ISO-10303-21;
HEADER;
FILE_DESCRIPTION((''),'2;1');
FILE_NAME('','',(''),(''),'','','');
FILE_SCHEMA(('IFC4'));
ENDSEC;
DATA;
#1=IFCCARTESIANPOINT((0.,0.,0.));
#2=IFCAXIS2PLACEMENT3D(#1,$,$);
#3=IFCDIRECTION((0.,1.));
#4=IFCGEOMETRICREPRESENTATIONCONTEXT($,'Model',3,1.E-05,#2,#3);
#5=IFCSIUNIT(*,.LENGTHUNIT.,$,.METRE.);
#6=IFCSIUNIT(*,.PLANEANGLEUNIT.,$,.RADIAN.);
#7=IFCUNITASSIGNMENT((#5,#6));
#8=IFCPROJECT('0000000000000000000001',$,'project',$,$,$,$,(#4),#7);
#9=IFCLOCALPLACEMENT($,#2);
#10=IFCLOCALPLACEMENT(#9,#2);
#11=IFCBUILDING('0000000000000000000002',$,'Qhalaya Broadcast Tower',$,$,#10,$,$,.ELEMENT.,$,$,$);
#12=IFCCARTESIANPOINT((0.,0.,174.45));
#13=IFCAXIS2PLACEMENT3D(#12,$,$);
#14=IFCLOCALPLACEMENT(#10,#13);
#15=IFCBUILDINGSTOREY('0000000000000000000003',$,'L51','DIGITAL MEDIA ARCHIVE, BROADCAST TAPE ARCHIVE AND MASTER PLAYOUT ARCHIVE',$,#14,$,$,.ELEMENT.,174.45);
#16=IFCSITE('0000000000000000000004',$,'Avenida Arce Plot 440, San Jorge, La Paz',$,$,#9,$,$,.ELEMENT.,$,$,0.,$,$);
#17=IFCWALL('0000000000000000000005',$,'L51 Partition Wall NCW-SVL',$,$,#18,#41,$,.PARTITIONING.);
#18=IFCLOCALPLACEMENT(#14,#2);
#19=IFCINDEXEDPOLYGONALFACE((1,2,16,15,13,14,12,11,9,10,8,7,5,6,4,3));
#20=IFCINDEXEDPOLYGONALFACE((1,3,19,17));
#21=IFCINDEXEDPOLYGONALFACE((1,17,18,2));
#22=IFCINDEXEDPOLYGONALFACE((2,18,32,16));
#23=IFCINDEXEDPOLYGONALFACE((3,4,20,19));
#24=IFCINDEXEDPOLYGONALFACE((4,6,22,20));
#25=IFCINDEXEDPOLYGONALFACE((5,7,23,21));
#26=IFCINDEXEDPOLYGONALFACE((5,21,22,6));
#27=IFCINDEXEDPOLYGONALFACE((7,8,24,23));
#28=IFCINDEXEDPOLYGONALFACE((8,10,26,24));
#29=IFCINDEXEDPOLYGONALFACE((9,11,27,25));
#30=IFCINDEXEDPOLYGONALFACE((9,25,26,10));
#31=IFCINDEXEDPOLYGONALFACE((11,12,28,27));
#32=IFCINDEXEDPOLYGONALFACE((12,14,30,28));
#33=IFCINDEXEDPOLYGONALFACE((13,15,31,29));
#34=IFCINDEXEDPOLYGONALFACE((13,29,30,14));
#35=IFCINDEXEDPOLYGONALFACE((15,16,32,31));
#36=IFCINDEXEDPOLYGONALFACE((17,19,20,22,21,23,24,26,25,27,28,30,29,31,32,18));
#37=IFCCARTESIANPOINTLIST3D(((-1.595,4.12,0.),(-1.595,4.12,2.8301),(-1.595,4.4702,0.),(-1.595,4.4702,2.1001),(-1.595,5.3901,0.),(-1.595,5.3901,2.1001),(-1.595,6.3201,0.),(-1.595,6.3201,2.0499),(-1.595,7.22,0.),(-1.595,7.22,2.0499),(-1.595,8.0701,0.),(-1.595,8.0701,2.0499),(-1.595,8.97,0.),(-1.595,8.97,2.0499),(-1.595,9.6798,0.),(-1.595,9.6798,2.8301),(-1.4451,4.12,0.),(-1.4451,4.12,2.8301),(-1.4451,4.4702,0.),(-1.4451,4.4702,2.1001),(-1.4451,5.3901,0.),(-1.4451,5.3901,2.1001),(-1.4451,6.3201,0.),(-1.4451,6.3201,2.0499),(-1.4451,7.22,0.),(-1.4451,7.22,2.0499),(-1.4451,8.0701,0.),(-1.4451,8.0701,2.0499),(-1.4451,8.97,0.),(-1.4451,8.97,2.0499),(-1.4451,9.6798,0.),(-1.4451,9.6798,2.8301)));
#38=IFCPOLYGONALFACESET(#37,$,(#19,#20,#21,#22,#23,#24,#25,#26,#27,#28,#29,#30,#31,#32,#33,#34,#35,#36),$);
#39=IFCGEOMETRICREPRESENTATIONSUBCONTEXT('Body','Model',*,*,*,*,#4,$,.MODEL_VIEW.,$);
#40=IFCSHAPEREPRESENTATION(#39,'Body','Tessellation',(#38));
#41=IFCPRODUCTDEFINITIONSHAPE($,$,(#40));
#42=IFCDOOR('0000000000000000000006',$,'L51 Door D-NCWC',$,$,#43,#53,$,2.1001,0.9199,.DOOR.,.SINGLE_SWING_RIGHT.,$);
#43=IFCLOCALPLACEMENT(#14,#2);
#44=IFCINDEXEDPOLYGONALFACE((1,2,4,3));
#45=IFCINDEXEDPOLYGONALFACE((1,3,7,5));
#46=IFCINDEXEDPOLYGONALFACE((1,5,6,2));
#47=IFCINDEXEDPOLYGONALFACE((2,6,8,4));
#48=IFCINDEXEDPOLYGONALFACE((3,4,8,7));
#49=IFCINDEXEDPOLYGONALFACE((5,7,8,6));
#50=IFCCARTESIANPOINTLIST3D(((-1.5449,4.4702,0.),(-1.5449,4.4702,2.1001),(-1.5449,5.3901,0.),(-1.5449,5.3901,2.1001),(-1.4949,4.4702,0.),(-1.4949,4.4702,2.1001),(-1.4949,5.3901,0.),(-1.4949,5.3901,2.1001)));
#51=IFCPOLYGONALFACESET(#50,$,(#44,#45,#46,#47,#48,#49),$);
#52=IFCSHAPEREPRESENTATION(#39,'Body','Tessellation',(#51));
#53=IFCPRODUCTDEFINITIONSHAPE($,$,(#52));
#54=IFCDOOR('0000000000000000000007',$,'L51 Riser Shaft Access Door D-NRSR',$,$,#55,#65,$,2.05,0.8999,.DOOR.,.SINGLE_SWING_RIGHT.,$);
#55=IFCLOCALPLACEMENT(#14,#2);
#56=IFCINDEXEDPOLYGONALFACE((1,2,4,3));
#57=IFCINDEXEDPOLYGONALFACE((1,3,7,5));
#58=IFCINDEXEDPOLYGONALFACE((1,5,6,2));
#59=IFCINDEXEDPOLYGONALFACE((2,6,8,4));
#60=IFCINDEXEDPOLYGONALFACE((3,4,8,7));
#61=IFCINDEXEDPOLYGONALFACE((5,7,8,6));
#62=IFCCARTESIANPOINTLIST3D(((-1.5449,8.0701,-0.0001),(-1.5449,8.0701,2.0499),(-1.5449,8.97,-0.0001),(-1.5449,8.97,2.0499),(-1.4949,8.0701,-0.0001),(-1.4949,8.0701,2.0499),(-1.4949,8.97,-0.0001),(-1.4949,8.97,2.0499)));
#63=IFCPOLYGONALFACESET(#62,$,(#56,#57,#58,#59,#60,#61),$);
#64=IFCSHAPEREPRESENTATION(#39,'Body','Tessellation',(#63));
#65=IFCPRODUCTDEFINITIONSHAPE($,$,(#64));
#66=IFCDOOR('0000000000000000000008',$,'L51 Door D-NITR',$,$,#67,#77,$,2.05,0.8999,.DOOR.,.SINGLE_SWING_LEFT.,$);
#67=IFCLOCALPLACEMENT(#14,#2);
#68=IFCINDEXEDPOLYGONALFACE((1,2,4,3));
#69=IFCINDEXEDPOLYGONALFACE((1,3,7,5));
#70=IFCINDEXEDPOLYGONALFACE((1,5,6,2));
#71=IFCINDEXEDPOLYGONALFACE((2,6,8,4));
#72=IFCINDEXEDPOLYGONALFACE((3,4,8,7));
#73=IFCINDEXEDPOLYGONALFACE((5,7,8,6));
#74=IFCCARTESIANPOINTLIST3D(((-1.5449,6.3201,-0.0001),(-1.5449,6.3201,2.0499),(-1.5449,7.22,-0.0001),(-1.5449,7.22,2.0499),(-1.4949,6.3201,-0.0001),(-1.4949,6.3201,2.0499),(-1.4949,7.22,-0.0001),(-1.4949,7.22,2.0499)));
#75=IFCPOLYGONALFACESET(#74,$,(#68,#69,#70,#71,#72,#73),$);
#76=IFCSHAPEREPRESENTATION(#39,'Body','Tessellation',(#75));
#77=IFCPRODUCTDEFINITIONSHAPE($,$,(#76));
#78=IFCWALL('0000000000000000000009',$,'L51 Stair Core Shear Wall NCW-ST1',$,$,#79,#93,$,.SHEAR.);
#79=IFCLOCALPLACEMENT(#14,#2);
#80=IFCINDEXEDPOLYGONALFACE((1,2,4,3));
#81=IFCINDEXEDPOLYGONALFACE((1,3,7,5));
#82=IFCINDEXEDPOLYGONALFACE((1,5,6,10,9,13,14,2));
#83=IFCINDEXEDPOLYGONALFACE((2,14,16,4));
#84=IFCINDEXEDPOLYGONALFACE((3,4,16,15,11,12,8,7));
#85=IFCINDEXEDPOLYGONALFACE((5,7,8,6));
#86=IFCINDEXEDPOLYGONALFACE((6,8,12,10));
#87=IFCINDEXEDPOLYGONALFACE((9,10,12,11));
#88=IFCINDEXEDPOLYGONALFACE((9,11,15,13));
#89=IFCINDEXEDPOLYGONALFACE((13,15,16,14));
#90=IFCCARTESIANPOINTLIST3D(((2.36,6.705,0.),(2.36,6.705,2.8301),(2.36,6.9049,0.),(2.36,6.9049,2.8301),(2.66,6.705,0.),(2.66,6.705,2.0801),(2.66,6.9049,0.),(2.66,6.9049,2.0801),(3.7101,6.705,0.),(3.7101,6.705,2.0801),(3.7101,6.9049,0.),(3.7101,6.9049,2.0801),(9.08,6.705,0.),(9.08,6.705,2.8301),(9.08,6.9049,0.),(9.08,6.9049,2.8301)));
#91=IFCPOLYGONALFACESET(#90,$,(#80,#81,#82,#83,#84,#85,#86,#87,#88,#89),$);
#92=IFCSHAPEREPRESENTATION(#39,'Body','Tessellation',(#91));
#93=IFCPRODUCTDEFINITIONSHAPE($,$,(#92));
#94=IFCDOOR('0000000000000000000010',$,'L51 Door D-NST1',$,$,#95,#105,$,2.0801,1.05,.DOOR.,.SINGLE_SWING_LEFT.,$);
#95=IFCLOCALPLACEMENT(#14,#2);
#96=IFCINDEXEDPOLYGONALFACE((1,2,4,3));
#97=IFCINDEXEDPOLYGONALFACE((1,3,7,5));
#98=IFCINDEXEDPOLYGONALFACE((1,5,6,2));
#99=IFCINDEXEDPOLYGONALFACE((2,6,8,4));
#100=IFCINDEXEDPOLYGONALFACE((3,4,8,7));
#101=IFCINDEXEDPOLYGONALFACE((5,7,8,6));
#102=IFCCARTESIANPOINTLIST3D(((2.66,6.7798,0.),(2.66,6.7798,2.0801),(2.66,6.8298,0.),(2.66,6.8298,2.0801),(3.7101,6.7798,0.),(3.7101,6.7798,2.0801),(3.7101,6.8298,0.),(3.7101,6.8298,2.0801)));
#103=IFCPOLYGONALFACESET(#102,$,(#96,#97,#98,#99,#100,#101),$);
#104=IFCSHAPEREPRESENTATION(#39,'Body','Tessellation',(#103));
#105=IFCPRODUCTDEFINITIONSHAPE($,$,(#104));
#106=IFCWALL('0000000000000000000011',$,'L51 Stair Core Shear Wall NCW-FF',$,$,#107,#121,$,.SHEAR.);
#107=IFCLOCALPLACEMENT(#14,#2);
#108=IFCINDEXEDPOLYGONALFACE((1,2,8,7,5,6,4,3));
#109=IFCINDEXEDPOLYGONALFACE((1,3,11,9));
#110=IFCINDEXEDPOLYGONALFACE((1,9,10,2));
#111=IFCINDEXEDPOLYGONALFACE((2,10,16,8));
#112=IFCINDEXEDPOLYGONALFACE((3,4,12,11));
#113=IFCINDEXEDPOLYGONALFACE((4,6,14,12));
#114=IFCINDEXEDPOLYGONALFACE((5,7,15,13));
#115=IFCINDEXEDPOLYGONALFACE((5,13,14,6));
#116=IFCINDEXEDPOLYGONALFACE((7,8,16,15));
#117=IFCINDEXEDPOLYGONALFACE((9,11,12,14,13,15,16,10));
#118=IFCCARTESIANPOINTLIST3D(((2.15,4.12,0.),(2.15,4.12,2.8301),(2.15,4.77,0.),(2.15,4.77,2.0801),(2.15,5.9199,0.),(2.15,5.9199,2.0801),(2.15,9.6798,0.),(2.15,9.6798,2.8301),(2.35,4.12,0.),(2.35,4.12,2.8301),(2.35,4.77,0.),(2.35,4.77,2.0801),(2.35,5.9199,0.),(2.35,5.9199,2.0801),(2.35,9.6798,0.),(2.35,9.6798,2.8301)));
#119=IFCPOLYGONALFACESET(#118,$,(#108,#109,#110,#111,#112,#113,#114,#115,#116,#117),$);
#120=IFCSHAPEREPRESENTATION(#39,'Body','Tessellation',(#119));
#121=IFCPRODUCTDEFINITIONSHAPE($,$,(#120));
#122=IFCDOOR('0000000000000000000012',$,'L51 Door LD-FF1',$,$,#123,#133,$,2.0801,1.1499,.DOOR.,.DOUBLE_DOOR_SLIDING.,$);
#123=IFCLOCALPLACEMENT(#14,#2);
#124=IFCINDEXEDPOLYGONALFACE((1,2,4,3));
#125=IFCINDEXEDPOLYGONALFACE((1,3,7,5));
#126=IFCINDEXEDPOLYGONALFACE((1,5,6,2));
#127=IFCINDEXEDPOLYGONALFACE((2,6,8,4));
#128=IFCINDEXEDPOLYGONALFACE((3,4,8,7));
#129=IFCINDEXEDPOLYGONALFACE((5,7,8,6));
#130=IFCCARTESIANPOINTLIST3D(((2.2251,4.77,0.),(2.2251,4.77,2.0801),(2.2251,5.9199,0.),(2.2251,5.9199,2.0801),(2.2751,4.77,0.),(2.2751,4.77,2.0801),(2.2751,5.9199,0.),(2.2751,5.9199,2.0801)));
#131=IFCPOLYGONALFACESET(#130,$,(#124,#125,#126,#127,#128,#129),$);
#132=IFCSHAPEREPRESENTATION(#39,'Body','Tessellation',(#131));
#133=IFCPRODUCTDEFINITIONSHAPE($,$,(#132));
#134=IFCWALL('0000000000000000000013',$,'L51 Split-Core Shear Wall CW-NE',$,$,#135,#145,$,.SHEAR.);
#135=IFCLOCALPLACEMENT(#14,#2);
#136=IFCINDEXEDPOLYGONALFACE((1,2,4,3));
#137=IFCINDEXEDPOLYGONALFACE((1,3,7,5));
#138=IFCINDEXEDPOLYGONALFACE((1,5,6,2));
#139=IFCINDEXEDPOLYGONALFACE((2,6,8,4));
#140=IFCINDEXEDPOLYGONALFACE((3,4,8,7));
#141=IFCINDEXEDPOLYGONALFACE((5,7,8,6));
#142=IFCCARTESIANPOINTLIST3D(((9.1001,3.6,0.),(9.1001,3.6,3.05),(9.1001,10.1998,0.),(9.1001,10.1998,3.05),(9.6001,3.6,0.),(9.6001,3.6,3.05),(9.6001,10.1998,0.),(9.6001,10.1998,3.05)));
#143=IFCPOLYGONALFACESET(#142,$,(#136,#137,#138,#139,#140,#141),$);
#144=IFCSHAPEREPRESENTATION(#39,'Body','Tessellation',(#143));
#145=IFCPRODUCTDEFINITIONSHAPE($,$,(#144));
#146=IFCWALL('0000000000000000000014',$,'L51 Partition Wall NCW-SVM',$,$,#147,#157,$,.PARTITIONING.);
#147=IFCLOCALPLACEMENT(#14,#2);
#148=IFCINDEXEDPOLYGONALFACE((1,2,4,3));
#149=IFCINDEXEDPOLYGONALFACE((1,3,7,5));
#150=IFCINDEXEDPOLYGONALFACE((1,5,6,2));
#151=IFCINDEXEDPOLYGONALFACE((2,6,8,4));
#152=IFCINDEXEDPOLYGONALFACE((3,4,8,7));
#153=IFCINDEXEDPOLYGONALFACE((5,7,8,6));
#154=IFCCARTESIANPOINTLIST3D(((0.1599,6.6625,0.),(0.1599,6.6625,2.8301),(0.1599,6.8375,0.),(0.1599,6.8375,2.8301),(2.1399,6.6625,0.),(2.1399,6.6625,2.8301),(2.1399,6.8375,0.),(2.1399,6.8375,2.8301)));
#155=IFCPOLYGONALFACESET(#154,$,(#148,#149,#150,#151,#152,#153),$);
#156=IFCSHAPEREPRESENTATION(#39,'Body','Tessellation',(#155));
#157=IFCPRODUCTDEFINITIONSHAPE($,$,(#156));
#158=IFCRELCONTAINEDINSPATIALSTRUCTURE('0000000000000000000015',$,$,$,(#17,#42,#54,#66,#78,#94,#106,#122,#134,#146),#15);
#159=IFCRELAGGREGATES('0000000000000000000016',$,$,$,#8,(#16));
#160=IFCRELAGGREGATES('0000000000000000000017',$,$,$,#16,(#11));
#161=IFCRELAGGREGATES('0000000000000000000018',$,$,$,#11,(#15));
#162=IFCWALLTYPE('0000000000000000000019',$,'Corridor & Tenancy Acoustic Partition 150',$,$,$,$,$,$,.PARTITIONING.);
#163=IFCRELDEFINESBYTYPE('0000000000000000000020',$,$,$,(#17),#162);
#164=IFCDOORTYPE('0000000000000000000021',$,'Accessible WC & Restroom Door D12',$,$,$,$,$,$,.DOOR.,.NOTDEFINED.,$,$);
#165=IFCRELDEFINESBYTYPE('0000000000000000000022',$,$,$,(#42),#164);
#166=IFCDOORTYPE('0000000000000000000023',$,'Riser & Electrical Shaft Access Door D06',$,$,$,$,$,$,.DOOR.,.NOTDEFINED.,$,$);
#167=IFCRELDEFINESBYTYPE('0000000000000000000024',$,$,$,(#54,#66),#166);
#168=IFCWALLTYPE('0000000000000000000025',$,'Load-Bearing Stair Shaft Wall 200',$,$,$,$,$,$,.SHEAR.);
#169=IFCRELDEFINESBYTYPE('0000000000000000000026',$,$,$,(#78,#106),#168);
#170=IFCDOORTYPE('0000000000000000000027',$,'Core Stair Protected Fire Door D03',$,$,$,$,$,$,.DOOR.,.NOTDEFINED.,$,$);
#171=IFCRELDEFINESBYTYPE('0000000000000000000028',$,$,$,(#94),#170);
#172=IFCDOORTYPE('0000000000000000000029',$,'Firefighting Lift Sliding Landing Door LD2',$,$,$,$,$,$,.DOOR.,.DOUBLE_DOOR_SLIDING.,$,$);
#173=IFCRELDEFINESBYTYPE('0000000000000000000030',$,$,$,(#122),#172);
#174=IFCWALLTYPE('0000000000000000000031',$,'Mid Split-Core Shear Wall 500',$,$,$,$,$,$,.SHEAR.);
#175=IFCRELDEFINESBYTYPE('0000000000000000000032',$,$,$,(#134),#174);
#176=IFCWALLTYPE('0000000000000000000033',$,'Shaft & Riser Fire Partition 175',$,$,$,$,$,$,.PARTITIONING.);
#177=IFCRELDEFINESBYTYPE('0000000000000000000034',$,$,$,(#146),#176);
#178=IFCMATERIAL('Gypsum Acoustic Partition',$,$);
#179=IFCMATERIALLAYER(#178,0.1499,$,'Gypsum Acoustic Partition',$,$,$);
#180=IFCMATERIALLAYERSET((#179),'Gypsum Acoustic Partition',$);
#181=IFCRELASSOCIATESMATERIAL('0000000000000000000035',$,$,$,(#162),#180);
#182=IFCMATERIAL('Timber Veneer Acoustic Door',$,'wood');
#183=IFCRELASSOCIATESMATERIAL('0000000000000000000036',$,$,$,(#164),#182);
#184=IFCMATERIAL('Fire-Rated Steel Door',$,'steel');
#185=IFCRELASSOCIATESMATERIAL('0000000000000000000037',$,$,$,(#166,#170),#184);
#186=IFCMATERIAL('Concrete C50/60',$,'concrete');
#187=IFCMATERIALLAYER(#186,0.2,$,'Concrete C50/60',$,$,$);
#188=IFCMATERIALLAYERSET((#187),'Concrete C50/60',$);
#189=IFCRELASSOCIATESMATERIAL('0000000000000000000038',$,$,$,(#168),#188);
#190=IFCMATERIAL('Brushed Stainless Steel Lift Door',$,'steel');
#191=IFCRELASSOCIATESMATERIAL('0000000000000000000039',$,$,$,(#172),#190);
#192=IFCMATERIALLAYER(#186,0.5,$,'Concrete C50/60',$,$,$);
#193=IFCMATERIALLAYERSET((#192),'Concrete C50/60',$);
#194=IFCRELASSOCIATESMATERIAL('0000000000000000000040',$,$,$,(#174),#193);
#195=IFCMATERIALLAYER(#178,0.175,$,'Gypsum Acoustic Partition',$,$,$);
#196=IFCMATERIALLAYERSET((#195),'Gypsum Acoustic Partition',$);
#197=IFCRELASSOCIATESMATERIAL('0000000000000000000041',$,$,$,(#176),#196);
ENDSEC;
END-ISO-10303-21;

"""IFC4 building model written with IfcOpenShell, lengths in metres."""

from ifc_helpers import new_model, si_unit, direction, frame, frame_2d, origin, place, context, subcontext, project, spatial, rectangle, extrude, material, layer, layer_set, type_object, element, fill, save


model = new_model("IFC4")

# Units and contexts
model_context = context("Model", 3, precision=1e-05, world=origin(), true_north=direction((0.0, 1.0)))
body_context = subcontext(model_context, "Body", "Model", "MODEL_VIEW")
ifc_project = project(units=[si_unit("LENGTHUNIT", "METRE"), si_unit("PLANEANGLEUNIT", "RADIAN")], contexts=[model_context])

# Site, building, storey
site_placement = place(None, origin())
site = spatial("IfcSite", under=ifc_project, at=site_placement, Name="Avenida Arce Plot 440, San Jorge, La Paz", CompositionType="ELEMENT", RefElevation=0.0)
building_placement = place(site_placement, origin())
building = spatial("IfcBuilding", under=site, at=building_placement, Name="Qhalaya Broadcast Tower", CompositionType="ELEMENT")
storey_placement = place(building_placement, frame((0.0, 0.0, 174.45)))
storey = spatial("IfcBuildingStorey", under=building, at=storey_placement, Name="L51", Description="DIGITAL MEDIA ARCHIVE, BROADCAST TAPE ARCHIVE AND MASTER PLAYOUT ARCHIVE", CompositionType="ELEMENT", Elevation=174.45)

# Shared definitions
ifc_material_1 = material(Name="Concrete C50/60", Category="concrete")

# Wall, openings, doors
ifc_material_2 = material(Name="Gypsum Acoustic Partition")
ifc_layer_1 = layer(ifc_material_2, 0.1499, Name="Gypsum Acoustic Partition")
ifc_layer_set_1 = layer_set([ifc_layer_1], Name="Gypsum Acoustic Partition")
wall_type_1 = type_object("IfcWallType", Name="Corridor & Tenancy Acoustic Partition 150", PredefinedType="PARTITIONING", material=ifc_layer_set_1)
wall_1_placement = place(storey_placement, frame((-1.52, 4.1201, 0.0), z_axis=(0.0, 0.0, 1.0), x_axis=(0.0, 1.0, 0.0)))
wall_1 = element("IfcWall", 1, at=wall_1_placement, inside=storey, type_object=wall_type_1, Name="L51 Partition Wall NCW-SVL", PredefinedType="PARTITIONING", context=body_context, shape_type="SweptSolid", body=[
    extrude(rectangle(XDim=5.5598, YDim=0.1499, at=frame_2d((2.7798, 0.0))), origin(), (0.0, 0.0, 1.0), 2.8301),
])
opening_1_placement = place(wall_1_placement, frame((3.95, 0.0, 0.0)))
opening_1 = element("IfcOpeningElement", 2, at=opening_1_placement, cuts=wall_1, PredefinedType="OPENING", context=body_context, shape_type="SweptSolid", body=[
    extrude(rectangle(XDim=0.8999, YDim=2.05, at=frame_2d((0.45, 1.0249))), frame((0.0, 0.0869, 0.0), z_axis=(0.0, -1.0, 0.0), x_axis=(1.0, 0.0, 0.0)), (0.0, 0.0, 1.0), 0.1738),
])
opening_2_placement = place(wall_1_placement, frame((2.2, 0.0, 0.0)))
opening_2 = element("IfcOpeningElement", 3, at=opening_2_placement, cuts=wall_1, PredefinedType="OPENING", context=body_context, shape_type="SweptSolid", body=[
    extrude(rectangle(XDim=0.8999, YDim=2.05, at=frame_2d((0.45, 1.0249))), frame((0.0, 0.0869, 0.0), z_axis=(0.0, -1.0, 0.0), x_axis=(1.0, 0.0, 0.0)), (0.0, 0.0, 1.0), 0.1738),
])
opening_3_placement = place(wall_1_placement, frame((0.3501, 0.0, 0.0)))
opening_3 = element("IfcOpeningElement", 4, at=opening_3_placement, cuts=wall_1, PredefinedType="OPENING", context=body_context, shape_type="SweptSolid", body=[
    extrude(rectangle(XDim=0.9199, YDim=2.1001, at=frame_2d((0.46, 1.05))), frame((0.0, 0.0869, 0.0), z_axis=(0.0, -1.0, 0.0), x_axis=(1.0, 0.0, 0.0)), (0.0, 0.0, 1.0), 0.1738),
])
ifc_material_3 = material(Name="Timber Veneer Acoustic Door", Category="wood")
door_type_1 = type_object("IfcDoorType", Name="Accessible WC & Restroom Door D12", OperationType="NOTDEFINED", PredefinedType="DOOR", material=ifc_material_3)
door_1_placement = place(opening_3_placement, origin())
door_1 = element("IfcDoor", 5, at=door_1_placement, inside=storey, type_object=door_type_1, Name="L51 Door D-NCWC", OperationType="SINGLE_SWING_RIGHT", OverallHeight=2.1001, OverallWidth=0.9199, PredefinedType="DOOR", context=body_context, shape_type="SweptSolid", body=[
    extrude(rectangle(XDim=0.9199, YDim=2.1001, at=frame_2d((0.46, 1.05))), frame((0.0, 0.0249, 0.0), z_axis=(0.0, -1.0, 0.0), x_axis=(1.0, 0.0, 0.0)), (0.0, 0.0, 1.0), 0.05),
])
fill(opening_3, door_1)
ifc_material_4 = material(Name="Fire-Rated Steel Door", Category="steel")
door_type_2 = type_object("IfcDoorType", Name="Riser & Electrical Shaft Access Door D06", OperationType="NOTDEFINED", PredefinedType="DOOR", material=ifc_material_4)
door_2_placement = place(opening_1_placement, origin())
door_2 = element("IfcDoor", 6, at=door_2_placement, inside=storey, type_object=door_type_2, Name="L51 Riser Shaft Access Door D-NRSR", OperationType="SINGLE_SWING_RIGHT", OverallHeight=2.05, OverallWidth=0.8999, PredefinedType="DOOR", context=body_context, shape_type="SweptSolid", body=[
    extrude(rectangle(XDim=0.8999, YDim=2.05, at=frame_2d((0.45, 1.0249))), frame((0.0, 0.0249, 0.0), z_axis=(0.0, -1.0, 0.0), x_axis=(1.0, 0.0, 0.0)), (0.0, 0.0, 1.0), 0.05),
])
fill(opening_1, door_2)
door_3_placement = place(opening_2_placement, origin())
door_3 = element("IfcDoor", 7, at=door_3_placement, inside=storey, type_object=door_type_2, Name="L51 Door D-NITR", OperationType="SINGLE_SWING_LEFT", OverallHeight=2.05, OverallWidth=0.8999, PredefinedType="DOOR", context=body_context, shape_type="SweptSolid", body=[
    extrude(rectangle(XDim=0.8999, YDim=2.05, at=frame_2d((0.45, 1.0249))), frame((0.0, 0.0249, 0.0), z_axis=(0.0, -1.0, 0.0), x_axis=(1.0, 0.0, 0.0)), (0.0, 0.0, 1.0), 0.05),
])
fill(opening_2, door_3)

# Walls, openings, doors
ifc_layer_2 = layer(ifc_material_1, 0.2, Name="Concrete C50/60")
ifc_layer_set_2 = layer_set([ifc_layer_2], Name="Concrete C50/60")
wall_type_2 = type_object("IfcWallType", Name="Load-Bearing Stair Shaft Wall 200", PredefinedType="SHEAR", material=ifc_layer_set_2)
wall_2_placement = place(storey_placement, frame((2.3601, 6.8049, 0.0), z_axis=(0.0, 0.0, 1.0), x_axis=(1.0, 0.0, 0.0)))
wall_2 = element("IfcWall", 8, at=wall_2_placement, inside=storey, type_object=wall_type_2, Name="L51 Stair Core Shear Wall NCW-ST1", PredefinedType="SHEAR", context=body_context, shape_type="SweptSolid", body=[
    extrude(rectangle(XDim=6.72, YDim=0.2, at=frame_2d((3.3599, 0.0))), origin(), (0.0, 0.0, 1.0), 2.8301),
])
opening_4_placement = place(wall_2_placement, frame((0.3, 0.0, 0.0)))
opening_4 = element("IfcOpeningElement", 9, at=opening_4_placement, cuts=wall_2, PredefinedType="OPENING", context=body_context, shape_type="SweptSolid", body=[
    extrude(rectangle(XDim=1.05, YDim=2.0801, at=frame_2d((0.5249, 1.04))), frame((0.0, 0.1121, 0.0), z_axis=(0.0, -1.0, 0.0), x_axis=(1.0, 0.0, 0.0)), (0.0, 0.0, 1.0), 0.2239),
])
door_type_3 = type_object("IfcDoorType", Name="Core Stair Protected Fire Door D03", OperationType="NOTDEFINED", PredefinedType="DOOR", material=ifc_material_4)
door_4_placement = place(opening_4_placement, origin())
door_4 = element("IfcDoor", 10, at=door_4_placement, inside=storey, type_object=door_type_3, Name="L51 Door D-NST1", OperationType="SINGLE_SWING_LEFT", OverallHeight=2.0801, OverallWidth=1.05, PredefinedType="DOOR", context=body_context, shape_type="SweptSolid", body=[
    extrude(rectangle(XDim=1.05, YDim=2.0801, at=frame_2d((0.5249, 1.04))), frame((0.0, 0.0249, 0.0), z_axis=(0.0, -1.0, 0.0), x_axis=(1.0, 0.0, 0.0)), (0.0, 0.0, 1.0), 0.05),
])
fill(opening_4, door_4)
wall_3_placement = place(storey_placement, frame((2.25, 4.1201, 0.0), z_axis=(0.0, 0.0, 1.0), x_axis=(0.0, 1.0, 0.0)))
wall_3 = element("IfcWall", 11, at=wall_3_placement, inside=storey, type_object=wall_type_2, Name="L51 Stair Core Shear Wall NCW-FF", PredefinedType="SHEAR", context=body_context, shape_type="SweptSolid", body=[
    extrude(rectangle(XDim=5.5598, YDim=0.2, at=frame_2d((2.7798, 0.0))), origin(), (0.0, 0.0, 1.0), 2.8301),
])
opening_5_placement = place(wall_3_placement, frame((0.6499, 0.0, 0.0)))
opening_5 = element("IfcOpeningElement", 12, at=opening_5_placement, cuts=wall_3, PredefinedType="OPENING", context=body_context, shape_type="SweptSolid", body=[
    extrude(rectangle(XDim=1.1499, YDim=2.0801, at=frame_2d((0.575, 1.04))), frame((0.0, 0.1121, 0.0), z_axis=(0.0, -1.0, 0.0), x_axis=(1.0, 0.0, 0.0)), (0.0, 0.0, 1.0), 0.2239),
])
ifc_material_5 = material(Name="Brushed Stainless Steel Lift Door", Category="steel")
door_type_4 = type_object("IfcDoorType", Name="Firefighting Lift Sliding Landing Door LD2", OperationType="DOUBLE_DOOR_SLIDING", PredefinedType="DOOR", material=ifc_material_5)
door_5_placement = place(opening_5_placement, origin())
door_5 = element("IfcDoor", 13, at=door_5_placement, inside=storey, type_object=door_type_4, Name="L51 Door LD-FF1", OperationType="DOUBLE_DOOR_SLIDING", OverallHeight=2.0801, OverallWidth=1.1499, PredefinedType="DOOR", context=body_context, shape_type="SweptSolid", body=[
    extrude(rectangle(XDim=1.1499, YDim=2.0801, at=frame_2d((0.575, 1.04))), frame((0.0, 0.0249, 0.0), z_axis=(0.0, -1.0, 0.0), x_axis=(1.0, 0.0, 0.0)), (0.0, 0.0, 1.0), 0.05),
])
fill(opening_5, door_5)

# Wall
ifc_layer_3 = layer(ifc_material_1, 0.5, Name="Concrete C50/60")
ifc_layer_set_3 = layer_set([ifc_layer_3], Name="Concrete C50/60")
wall_type_3 = type_object("IfcWallType", Name="Mid Split-Core Shear Wall 500", PredefinedType="SHEAR", material=ifc_layer_set_3)
wall_4_placement = place(storey_placement, frame((9.3501, 3.6001, 0.0), z_axis=(0.0, 0.0, 1.0), x_axis=(0.0, 1.0, 0.0)))
element("IfcWall", 14, at=wall_4_placement, inside=storey, type_object=wall_type_3, Name="L51 Split-Core Shear Wall CW-NE", PredefinedType="SHEAR", context=body_context, shape_type="SweptSolid", body=[
    extrude(rectangle(XDim=6.5999, YDim=0.5, at=frame_2d((3.2998, 0.0))), origin(), (0.0, 0.0, 1.0), 3.05),
])

# Shared definitions
ifc_layer_4 = layer(ifc_material_2, 0.175, Name="Gypsum Acoustic Partition")
ifc_layer_set_4 = layer_set([ifc_layer_4], Name="Gypsum Acoustic Partition")
wall_type_4 = type_object("IfcWallType", Name="Shaft & Riser Fire Partition 175", PredefinedType="PARTITIONING", material=ifc_layer_set_4)

# Wall
wall_5_placement = place(storey_placement, frame((0.1599, 6.75, 0.0), z_axis=(0.0, 0.0, 1.0), x_axis=(1.0, 0.0, 0.0)))
element("IfcWall", 15, at=wall_5_placement, inside=storey, type_object=wall_type_4, Name="L51 Partition Wall NCW-SVM", PredefinedType="PARTITIONING", context=body_context, shape_type="SweptSolid", body=[
    extrude(rectangle(XDim=1.98, YDim=0.175, at=frame_2d((0.99, 0.0))), origin(), (0.0, 0.0, 1.0), 2.8301),
])

save(model, "model.ifc")
